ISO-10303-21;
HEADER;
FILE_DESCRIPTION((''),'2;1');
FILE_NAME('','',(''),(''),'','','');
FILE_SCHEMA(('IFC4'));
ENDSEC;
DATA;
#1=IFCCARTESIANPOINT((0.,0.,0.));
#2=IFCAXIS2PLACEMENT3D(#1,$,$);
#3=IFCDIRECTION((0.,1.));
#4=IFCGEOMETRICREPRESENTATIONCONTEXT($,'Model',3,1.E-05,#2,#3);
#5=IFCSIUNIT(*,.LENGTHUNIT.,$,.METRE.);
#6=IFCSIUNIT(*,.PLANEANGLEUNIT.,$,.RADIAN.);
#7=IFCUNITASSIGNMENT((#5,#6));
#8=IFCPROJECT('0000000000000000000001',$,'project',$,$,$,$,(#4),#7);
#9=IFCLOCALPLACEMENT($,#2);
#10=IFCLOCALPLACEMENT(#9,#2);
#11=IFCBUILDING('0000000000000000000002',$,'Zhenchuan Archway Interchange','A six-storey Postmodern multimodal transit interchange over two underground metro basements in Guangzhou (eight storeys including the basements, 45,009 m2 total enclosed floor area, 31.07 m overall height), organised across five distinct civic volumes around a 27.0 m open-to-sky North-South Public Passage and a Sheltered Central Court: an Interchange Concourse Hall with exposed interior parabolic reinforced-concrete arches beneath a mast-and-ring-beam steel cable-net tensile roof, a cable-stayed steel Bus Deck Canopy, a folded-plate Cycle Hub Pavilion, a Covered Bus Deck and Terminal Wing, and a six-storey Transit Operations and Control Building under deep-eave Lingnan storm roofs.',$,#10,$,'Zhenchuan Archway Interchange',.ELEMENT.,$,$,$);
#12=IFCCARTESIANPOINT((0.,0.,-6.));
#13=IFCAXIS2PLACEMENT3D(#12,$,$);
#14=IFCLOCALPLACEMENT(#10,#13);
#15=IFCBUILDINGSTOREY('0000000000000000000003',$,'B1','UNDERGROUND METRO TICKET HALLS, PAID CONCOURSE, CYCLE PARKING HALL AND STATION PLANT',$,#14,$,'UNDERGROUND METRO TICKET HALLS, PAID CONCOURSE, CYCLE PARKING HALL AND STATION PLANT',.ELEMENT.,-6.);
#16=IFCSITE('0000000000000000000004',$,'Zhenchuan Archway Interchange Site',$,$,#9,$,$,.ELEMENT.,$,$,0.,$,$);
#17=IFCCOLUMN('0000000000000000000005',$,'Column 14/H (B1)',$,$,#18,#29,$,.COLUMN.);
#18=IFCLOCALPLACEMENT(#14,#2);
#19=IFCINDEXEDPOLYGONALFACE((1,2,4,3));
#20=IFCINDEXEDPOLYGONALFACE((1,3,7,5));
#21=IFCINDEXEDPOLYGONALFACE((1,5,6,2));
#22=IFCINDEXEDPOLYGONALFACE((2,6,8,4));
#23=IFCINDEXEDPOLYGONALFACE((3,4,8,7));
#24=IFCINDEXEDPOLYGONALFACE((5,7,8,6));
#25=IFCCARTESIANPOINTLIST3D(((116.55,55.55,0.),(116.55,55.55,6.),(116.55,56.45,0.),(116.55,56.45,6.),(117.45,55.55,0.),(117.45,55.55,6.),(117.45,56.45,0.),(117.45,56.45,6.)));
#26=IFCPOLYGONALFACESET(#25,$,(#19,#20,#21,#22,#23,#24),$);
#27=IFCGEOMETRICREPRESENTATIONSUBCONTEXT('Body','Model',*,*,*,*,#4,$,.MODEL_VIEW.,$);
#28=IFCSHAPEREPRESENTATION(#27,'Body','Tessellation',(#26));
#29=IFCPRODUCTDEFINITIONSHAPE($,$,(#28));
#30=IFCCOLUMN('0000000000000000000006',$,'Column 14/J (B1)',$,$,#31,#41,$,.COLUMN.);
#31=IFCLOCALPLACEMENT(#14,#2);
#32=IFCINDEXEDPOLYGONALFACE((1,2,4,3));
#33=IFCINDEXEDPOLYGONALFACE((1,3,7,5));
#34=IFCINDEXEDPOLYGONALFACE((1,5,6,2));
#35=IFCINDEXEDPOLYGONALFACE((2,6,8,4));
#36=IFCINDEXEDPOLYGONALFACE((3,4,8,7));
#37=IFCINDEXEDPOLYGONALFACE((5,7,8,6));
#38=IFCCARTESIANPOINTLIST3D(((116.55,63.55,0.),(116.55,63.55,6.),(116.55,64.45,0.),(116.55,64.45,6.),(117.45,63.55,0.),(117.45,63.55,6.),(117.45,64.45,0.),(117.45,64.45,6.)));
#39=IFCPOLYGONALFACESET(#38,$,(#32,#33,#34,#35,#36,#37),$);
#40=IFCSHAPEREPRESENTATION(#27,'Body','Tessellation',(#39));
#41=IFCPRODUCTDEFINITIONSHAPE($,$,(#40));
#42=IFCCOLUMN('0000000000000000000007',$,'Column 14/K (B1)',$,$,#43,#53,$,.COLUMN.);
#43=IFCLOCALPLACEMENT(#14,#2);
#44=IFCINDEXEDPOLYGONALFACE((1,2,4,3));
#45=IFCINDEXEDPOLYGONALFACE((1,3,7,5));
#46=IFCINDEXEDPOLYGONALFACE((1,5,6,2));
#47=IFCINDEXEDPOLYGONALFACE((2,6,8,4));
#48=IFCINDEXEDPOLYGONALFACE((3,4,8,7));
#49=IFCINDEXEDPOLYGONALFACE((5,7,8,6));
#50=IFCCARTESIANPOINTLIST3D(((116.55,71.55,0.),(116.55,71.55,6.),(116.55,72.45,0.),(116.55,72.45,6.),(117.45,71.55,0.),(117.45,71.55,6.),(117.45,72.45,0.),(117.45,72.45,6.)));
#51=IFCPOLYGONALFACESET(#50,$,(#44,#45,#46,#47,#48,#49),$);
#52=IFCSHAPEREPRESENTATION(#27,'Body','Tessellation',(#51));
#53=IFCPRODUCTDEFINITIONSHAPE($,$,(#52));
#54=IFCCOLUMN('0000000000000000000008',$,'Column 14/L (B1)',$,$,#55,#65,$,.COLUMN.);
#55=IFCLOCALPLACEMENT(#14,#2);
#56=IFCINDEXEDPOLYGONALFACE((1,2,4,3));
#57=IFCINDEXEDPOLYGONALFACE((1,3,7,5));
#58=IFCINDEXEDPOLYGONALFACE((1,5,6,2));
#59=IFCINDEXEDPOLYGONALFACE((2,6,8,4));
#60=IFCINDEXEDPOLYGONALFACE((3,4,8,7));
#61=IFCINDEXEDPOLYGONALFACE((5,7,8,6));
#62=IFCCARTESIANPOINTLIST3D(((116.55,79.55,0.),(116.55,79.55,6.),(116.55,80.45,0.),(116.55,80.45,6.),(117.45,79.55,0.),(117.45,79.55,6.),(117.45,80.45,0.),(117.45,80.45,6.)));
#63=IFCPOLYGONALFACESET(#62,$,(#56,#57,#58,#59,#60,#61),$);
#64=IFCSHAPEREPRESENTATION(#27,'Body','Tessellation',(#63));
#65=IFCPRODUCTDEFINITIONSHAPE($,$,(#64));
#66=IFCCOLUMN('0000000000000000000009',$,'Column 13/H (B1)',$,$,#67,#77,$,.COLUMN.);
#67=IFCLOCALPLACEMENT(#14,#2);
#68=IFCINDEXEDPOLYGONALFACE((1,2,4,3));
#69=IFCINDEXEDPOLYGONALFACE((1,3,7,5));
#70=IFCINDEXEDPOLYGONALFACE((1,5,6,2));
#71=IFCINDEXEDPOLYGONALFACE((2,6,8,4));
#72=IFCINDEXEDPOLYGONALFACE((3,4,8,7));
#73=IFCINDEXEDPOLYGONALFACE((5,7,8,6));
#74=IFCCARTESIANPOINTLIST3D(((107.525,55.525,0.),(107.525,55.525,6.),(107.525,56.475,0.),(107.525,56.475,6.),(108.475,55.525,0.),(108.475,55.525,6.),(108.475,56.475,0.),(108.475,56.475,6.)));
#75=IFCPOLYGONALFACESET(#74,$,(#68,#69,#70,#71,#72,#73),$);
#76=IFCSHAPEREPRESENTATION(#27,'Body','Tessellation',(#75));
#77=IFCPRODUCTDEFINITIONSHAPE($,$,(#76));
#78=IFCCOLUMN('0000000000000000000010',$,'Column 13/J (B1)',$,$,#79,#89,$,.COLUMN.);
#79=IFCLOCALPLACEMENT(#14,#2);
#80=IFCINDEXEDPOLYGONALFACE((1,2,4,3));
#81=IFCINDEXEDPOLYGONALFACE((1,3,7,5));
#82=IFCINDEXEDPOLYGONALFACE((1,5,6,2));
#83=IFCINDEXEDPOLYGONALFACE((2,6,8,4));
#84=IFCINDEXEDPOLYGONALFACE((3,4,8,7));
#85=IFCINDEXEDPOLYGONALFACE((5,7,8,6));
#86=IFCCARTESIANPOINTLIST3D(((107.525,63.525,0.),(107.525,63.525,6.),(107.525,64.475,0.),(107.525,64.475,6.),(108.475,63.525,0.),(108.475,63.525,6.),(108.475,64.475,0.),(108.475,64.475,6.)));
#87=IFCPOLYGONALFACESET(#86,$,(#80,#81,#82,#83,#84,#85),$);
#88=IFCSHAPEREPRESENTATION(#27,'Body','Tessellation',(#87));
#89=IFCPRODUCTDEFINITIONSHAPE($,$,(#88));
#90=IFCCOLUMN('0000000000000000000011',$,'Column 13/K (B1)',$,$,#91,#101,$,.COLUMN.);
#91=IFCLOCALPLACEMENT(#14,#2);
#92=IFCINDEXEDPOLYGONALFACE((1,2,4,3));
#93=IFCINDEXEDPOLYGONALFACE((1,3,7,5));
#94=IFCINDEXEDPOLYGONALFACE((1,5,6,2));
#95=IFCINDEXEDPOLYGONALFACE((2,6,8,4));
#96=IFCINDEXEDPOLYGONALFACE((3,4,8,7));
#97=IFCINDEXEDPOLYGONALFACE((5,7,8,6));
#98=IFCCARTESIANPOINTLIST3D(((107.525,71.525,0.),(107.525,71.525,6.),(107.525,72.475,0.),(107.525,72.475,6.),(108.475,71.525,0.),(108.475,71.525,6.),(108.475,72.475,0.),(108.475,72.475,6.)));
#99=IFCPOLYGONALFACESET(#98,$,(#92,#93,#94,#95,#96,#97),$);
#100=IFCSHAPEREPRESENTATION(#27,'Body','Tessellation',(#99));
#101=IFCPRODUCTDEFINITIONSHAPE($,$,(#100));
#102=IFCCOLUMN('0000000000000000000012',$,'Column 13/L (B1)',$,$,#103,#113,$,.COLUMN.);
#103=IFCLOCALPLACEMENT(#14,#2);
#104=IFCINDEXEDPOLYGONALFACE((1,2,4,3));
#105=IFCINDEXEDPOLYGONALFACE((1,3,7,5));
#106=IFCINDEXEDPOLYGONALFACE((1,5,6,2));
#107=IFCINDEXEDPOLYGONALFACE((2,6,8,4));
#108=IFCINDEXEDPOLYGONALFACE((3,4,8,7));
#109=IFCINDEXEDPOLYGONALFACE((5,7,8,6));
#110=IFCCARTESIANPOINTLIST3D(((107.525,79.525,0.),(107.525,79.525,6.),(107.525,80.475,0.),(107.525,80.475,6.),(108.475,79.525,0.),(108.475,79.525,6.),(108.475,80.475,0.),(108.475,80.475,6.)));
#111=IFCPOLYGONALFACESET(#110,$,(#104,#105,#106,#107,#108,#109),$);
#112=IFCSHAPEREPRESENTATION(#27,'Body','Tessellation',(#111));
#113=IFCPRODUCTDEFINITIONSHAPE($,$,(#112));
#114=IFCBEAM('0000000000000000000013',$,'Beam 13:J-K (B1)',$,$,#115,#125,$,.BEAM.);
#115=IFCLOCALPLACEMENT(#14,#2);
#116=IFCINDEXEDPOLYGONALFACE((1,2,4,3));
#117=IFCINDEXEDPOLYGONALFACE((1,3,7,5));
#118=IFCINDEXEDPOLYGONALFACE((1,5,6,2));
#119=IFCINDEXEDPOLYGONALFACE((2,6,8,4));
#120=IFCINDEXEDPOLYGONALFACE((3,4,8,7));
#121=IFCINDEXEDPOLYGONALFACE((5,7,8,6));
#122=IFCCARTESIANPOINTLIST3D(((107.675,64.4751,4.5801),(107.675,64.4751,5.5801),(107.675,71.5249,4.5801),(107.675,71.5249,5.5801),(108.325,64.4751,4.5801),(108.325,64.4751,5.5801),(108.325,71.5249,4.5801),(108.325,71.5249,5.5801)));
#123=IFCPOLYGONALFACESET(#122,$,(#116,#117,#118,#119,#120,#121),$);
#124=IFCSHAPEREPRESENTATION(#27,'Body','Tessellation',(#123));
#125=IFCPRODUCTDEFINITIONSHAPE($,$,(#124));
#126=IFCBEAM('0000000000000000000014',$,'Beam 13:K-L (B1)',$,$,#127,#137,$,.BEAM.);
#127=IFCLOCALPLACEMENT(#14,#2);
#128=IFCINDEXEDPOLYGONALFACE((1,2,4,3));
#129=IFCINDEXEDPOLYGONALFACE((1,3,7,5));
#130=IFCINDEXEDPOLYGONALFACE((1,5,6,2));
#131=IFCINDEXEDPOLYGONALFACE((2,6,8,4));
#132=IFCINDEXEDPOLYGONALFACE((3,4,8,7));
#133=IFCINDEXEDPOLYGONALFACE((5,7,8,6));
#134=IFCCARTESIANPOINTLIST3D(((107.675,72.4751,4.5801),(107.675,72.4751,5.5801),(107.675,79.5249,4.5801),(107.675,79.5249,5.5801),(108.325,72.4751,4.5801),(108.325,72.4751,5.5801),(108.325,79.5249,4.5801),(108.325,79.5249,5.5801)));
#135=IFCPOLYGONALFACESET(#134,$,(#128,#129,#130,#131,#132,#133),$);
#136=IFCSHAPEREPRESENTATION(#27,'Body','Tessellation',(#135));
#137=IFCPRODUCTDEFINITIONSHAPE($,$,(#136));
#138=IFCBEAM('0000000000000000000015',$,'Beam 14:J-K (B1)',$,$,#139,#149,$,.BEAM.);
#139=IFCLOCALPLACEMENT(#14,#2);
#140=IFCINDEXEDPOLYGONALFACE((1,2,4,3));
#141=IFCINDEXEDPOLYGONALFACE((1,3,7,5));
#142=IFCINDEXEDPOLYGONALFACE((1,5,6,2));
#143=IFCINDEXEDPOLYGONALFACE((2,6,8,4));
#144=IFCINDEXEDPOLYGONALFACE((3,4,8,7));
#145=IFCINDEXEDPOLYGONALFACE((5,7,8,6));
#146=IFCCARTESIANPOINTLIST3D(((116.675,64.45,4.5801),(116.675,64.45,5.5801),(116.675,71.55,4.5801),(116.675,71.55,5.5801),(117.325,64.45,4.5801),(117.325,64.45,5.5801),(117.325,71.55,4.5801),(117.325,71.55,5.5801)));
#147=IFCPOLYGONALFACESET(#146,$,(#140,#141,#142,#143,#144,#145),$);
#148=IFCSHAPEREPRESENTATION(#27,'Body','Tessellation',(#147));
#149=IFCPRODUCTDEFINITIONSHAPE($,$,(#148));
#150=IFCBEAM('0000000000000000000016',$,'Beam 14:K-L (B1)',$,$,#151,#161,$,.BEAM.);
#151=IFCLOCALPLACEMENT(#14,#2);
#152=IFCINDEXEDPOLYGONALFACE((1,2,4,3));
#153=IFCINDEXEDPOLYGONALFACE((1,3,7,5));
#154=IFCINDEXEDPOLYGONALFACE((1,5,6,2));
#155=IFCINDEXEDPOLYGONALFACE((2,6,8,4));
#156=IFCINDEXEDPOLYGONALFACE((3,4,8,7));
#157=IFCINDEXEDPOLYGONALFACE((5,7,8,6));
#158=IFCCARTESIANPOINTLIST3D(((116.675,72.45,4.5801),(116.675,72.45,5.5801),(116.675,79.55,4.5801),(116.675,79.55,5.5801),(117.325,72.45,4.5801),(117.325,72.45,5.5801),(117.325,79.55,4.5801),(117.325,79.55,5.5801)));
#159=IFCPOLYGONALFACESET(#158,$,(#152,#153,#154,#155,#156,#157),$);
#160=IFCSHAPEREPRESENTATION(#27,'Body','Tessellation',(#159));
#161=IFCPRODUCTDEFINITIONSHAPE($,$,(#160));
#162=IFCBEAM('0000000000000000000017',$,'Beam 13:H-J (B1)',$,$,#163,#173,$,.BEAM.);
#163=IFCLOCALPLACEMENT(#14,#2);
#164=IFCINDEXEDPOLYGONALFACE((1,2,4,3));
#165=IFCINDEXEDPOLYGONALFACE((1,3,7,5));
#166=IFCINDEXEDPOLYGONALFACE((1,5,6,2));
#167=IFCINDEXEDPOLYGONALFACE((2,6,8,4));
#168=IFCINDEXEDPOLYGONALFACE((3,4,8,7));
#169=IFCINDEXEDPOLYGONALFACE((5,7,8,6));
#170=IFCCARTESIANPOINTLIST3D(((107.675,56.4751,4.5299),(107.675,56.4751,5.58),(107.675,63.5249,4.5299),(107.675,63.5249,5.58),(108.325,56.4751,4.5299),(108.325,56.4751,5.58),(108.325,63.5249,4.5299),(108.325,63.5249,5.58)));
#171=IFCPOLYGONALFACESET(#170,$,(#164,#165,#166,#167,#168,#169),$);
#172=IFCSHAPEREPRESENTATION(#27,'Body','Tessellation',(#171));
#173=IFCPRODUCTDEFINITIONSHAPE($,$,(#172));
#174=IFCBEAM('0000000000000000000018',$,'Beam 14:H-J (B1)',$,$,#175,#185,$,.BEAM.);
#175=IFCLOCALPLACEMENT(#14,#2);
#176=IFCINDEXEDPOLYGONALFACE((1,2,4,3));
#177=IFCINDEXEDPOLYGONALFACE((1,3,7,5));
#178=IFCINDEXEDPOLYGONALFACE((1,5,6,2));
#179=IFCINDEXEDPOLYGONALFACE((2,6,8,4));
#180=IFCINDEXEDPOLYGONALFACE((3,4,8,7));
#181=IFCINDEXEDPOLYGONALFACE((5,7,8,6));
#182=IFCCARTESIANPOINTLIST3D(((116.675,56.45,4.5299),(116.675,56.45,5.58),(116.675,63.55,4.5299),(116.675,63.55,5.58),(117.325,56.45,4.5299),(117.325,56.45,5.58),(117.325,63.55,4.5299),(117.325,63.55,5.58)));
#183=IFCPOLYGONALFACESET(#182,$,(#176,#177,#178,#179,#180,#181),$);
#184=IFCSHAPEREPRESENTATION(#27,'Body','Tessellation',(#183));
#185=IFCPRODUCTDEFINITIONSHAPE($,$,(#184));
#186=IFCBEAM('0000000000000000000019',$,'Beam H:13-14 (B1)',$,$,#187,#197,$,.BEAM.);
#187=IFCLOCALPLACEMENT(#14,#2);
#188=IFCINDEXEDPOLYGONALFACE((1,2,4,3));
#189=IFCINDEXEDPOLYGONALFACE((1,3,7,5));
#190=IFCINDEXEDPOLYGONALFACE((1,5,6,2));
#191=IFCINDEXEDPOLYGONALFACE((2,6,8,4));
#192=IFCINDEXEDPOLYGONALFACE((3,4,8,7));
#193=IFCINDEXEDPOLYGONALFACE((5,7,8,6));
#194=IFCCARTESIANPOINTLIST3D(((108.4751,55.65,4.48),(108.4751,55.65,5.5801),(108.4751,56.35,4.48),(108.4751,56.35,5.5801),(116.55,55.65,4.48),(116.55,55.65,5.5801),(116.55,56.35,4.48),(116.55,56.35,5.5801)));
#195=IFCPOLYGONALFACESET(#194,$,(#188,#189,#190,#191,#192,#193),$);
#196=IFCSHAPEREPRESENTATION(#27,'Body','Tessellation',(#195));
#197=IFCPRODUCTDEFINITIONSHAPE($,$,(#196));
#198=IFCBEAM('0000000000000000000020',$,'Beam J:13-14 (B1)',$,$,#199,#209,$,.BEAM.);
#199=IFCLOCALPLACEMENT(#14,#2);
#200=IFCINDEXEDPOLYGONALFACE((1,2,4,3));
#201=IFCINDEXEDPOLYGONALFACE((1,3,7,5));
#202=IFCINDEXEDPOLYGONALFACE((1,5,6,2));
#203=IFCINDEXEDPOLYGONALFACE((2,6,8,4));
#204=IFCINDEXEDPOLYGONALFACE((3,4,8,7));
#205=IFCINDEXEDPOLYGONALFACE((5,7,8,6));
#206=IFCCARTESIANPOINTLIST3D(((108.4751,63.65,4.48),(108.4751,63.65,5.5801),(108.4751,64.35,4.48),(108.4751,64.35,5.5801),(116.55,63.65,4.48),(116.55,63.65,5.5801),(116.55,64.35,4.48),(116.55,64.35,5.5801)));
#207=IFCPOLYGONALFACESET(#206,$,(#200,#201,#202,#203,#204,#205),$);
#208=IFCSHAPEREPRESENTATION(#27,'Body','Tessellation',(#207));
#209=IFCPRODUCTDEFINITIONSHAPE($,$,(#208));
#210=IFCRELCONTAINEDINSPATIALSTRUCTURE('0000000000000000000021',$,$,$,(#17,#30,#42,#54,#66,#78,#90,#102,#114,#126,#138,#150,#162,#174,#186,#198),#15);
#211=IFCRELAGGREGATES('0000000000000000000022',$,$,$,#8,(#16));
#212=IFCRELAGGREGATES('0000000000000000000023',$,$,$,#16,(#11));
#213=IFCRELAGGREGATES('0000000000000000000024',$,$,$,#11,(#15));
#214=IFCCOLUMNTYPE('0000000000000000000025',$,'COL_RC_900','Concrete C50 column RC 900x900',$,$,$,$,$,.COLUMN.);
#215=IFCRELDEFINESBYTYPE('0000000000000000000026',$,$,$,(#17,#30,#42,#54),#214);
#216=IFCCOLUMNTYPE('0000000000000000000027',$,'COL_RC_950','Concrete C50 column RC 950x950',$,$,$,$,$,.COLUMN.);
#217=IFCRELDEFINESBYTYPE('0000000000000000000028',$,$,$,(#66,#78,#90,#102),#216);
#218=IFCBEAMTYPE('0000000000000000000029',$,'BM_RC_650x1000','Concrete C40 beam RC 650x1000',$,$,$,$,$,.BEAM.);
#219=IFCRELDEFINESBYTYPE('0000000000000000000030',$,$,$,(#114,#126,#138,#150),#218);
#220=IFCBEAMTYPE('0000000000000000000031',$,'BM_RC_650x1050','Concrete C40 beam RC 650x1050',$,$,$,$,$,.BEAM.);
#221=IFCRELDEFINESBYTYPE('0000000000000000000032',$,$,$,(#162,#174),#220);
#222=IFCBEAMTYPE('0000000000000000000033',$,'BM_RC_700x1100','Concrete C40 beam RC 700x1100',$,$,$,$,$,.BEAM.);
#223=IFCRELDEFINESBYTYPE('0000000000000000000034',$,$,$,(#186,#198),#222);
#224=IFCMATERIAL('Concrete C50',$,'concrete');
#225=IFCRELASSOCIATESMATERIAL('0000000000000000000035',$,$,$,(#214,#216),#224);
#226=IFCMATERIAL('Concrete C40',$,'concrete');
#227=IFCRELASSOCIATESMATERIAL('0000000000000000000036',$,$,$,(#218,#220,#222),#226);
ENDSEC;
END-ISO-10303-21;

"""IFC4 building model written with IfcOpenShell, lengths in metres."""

from ifc_helpers import new_model, si_unit, direction, frame, origin, origin_2d, place, context, subcontext, project, spatial, rectangle, extrude, material, material_profile, profile_set, type_object, element, save


model = new_model("IFC4")

# Units and contexts
model_context = context("Model", 3, precision=1e-05, world=origin(), true_north=direction((0.0, 1.0)))
body_context = subcontext(model_context, "Body", "Model", "MODEL_VIEW")
ifc_project = project(units=[si_unit("LENGTHUNIT", "METRE"), si_unit("PLANEANGLEUNIT", "RADIAN")], contexts=[model_context])

# Site, building, storey
site_placement = place(None, origin())
site = spatial("IfcSite", under=ifc_project, at=site_placement, Name="Zhenchuan Archway Interchange Site", CompositionType="ELEMENT", RefElevation=0.0)
building_placement = place(site_placement, origin())
building = spatial("IfcBuilding", under=site, at=building_placement, Name="Zhenchuan Archway Interchange", Description="A six-storey Postmodern multimodal transit interchange over two underground metro basements in Guangzhou (eight storeys including the basements, 45,009 m2 total enclosed floor area, 31.07 m overall height), organised across five distinct civic volumes around a 27.0 m open-to-sky North-South Public Passage and a Sheltered Central Court: an Interchange Concourse Hall with exposed interior parabolic reinforced-concrete arches beneath a mast-and-ring-beam steel cable-net tensile roof, a cable-stayed steel Bus Deck Canopy, a folded-plate Cycle Hub Pavilion, a Covered Bus Deck and Terminal Wing, and a six-storey Transit Operations and Control Building under deep-eave Lingnan storm roofs.", LongName="Zhenchuan Archway Interchange", CompositionType="ELEMENT")
storey_placement = place(building_placement, frame((0.0, 0.0, -6.0)))
storey = spatial("IfcBuildingStorey", under=building, at=storey_placement, Name="B1", Description="UNDERGROUND METRO TICKET HALLS, PAID CONCOURSE, CYCLE PARKING HALL AND STATION PLANT", LongName="UNDERGROUND METRO TICKET HALLS, PAID CONCOURSE, CYCLE PARKING HALL AND STATION PLANT", CompositionType="ELEMENT", Elevation=-6.0)

# Columns
ifc_material_1 = material(Name="Concrete C50", Category="concrete")
ifc_material_profile_1 = material_profile(ifc_material_1, rectangle(XDim=0.8999, YDim=0.8999, at=origin_2d()), Name="RC 900x900")
ifc_profile_set_1 = profile_set([ifc_material_profile_1], Name="Concrete C50")
column_type_1 = type_object("IfcColumnType", Name="COL_RC_900", Description="Concrete C50 column RC 900x900", PredefinedType="COLUMN", material=ifc_profile_set_1)
for number, where, z_axis, x_axis, name in (
    (1, (117.0, 56.0, 0.0), (0.0, 0.0, 1.0), (1.0, 0.0, 0.0), "Column 14/H (B1)"),
    (2, (117.0, 64.0, 0.0), (0.0, 0.0, 1.0), (1.0, 0.0, 0.0), "Column 14/J (B1)"),
    (3, (117.0, 72.0, 0.0), (0.0, 0.0, 1.0), (1.0, 0.0, 0.0), "Column 14/K (B1)"),
    (4, (117.0, 80.0, 0.0), (0.0, 0.0, 1.0), (1.0, 0.0, 0.0), "Column 14/L (B1)"),
):
    element("IfcColumn", number, at=place(storey_placement, frame(where, z_axis=z_axis, x_axis=x_axis)), inside=storey, type_object=column_type_1, Name=name, PredefinedType="COLUMN", context=body_context, shape_type="SweptSolid", body=[
        extrude(rectangle(XDim=0.8999, YDim=0.8999, at=origin_2d()), origin(), (0.0, 0.0, 1.0), 6.0),
    ])
ifc_material_profile_2 = material_profile(ifc_material_1, rectangle(XDim=0.95, YDim=0.95, at=origin_2d()), Name="RC 950x950")
ifc_profile_set_2 = profile_set([ifc_material_profile_2], Name="Concrete C50")
column_type_2 = type_object("IfcColumnType", Name="COL_RC_950", Description="Concrete C50 column RC 950x950", PredefinedType="COLUMN", material=ifc_profile_set_2)
for number, where, z_axis, x_axis, name in (
    (5, (108.0, 56.0, 0.0), (0.0, 0.0, 1.0), (1.0, 0.0, 0.0), "Column 13/H (B1)"),
    (6, (108.0, 64.0, 0.0), (0.0, 0.0, 1.0), (1.0, 0.0, 0.0), "Column 13/J (B1)"),
    (7, (108.0, 72.0, 0.0), (0.0, 0.0, 1.0), (1.0, 0.0, 0.0), "Column 13/K (B1)"),
    (8, (108.0, 80.0, 0.0), (0.0, 0.0, 1.0), (1.0, 0.0, 0.0), "Column 13/L (B1)"),
):
    element("IfcColumn", number, at=place(storey_placement, frame(where, z_axis=z_axis, x_axis=x_axis)), inside=storey, type_object=column_type_2, Name=name, PredefinedType="COLUMN", context=body_context, shape_type="SweptSolid", body=[
        extrude(rectangle(XDim=0.95, YDim=0.95, at=origin_2d()), origin(), (0.0, 0.0, 1.0), 6.0),
    ])

# Beams
ifc_material_2 = material(Name="Concrete C40", Category="concrete")
ifc_material_profile_3 = material_profile(ifc_material_2, rectangle(XDim=0.6499, YDim=1.0, at=origin_2d()), Name="RC 650x1000")
ifc_profile_set_3 = profile_set([ifc_material_profile_3], Name="Concrete C40")
beam_type_1 = type_object("IfcBeamType", Name="BM_RC_650x1000", Description="Concrete C40 beam RC 650x1000", PredefinedType="BEAM", material=ifc_profile_set_3)
for number, where, z_axis, x_axis, name in (
    (9, (108.0, 64.4751, 5.0801), (0.0, 1.0, 0.0), (-1.0, 0.0, 0.0), "Beam 13:J-K (B1)"),
    (10, (108.0, 72.4751, 5.0801), (0.0, 1.0, 0.0), (-1.0, 0.0, 0.0), "Beam 13:K-L (B1)"),
):
    element("IfcBeam", number, at=place(storey_placement, frame(where, z_axis=z_axis, x_axis=x_axis)), inside=storey, type_object=beam_type_1, Name=name, PredefinedType="BEAM", context=body_context, shape_type="SweptSolid", body=[
        extrude(rectangle(XDim=0.6499, YDim=1.0, at=origin_2d()), origin(), (0.0, 0.0, 1.0), 7.0498),
    ])
for number, where, z_axis, x_axis, name in (
    (11, (117.0, 64.45, 5.0801), (0.0, 1.0, 0.0), (-1.0, 0.0, 0.0), "Beam 14:J-K (B1)"),
    (12, (117.0, 72.45, 5.0801), (0.0, 1.0, 0.0), (-1.0, 0.0, 0.0), "Beam 14:K-L (B1)"),
):
    element("IfcBeam", number, at=place(storey_placement, frame(where, z_axis=z_axis, x_axis=x_axis)), inside=storey, type_object=beam_type_1, Name=name, PredefinedType="BEAM", context=body_context, shape_type="SweptSolid", body=[
        extrude(rectangle(XDim=0.6499, YDim=1.0, at=origin_2d()), origin(), (0.0, 0.0, 1.0), 7.1001),
    ])
ifc_material_profile_4 = material_profile(ifc_material_2, rectangle(XDim=0.6499, YDim=1.05, at=origin_2d()), Name="RC 650x1050")
ifc_profile_set_4 = profile_set([ifc_material_profile_4], Name="Concrete C40")
beam_type_2 = type_object("IfcBeamType", Name="BM_RC_650x1050", Description="Concrete C40 beam RC 650x1050", PredefinedType="BEAM", material=ifc_profile_set_4)
beam_1_placement = place(storey_placement, frame((108.0, 56.4751, 5.0549), z_axis=(0.0, 1.0, 0.0), x_axis=(-1.0, 0.0, 0.0)))
element("IfcBeam", 13, at=beam_1_placement, inside=storey, type_object=beam_type_2, Name="Beam 13:H-J (B1)", PredefinedType="BEAM", context=body_context, shape_type="SweptSolid", body=[
    extrude(rectangle(XDim=0.6499, YDim=1.05, at=origin_2d()), origin(), (0.0, 0.0, 1.0), 7.0498),
])
beam_2_placement = place(storey_placement, frame((117.0, 56.45, 5.0549), z_axis=(0.0, 1.0, 0.0), x_axis=(-1.0, 0.0, 0.0)))
element("IfcBeam", 14, at=beam_2_placement, inside=storey, type_object=beam_type_2, Name="Beam 14:H-J (B1)", PredefinedType="BEAM", context=body_context, shape_type="SweptSolid", body=[
    extrude(rectangle(XDim=0.6499, YDim=1.05, at=origin_2d()), origin(), (0.0, 0.0, 1.0), 7.1001),
])
ifc_material_profile_5 = material_profile(ifc_material_2, rectangle(XDim=0.7, YDim=1.1001, at=origin_2d()), Name="RC 700x1100")
ifc_profile_set_5 = profile_set([ifc_material_profile_5], Name="Concrete C40")
beam_type_3 = type_object("IfcBeamType", Name="BM_RC_700x1100", Description="Concrete C40 beam RC 700x1100", PredefinedType="BEAM", material=ifc_profile_set_5)
for number, where, z_axis, x_axis, name in (
    (15, (108.4751, 56.0, 5.03), (1.0, 0.0, 0.0), (0.0, 1.0, 0.0), "Beam H:13-14 (B1)"),
    (16, (108.4751, 64.0, 5.03), (1.0, 0.0, 0.0), (0.0, 1.0, 0.0), "Beam J:13-14 (B1)"),
):
    element("IfcBeam", number, at=place(storey_placement, frame(where, z_axis=z_axis, x_axis=x_axis)), inside=storey, type_object=beam_type_3, Name=name, PredefinedType="BEAM", context=body_context, shape_type="SweptSolid", body=[
        extrude(rectangle(XDim=0.7, YDim=1.1001, at=origin_2d()), origin(), (0.0, 0.0, 1.0), 8.075),
    ])

save(model, "model.ifc")
